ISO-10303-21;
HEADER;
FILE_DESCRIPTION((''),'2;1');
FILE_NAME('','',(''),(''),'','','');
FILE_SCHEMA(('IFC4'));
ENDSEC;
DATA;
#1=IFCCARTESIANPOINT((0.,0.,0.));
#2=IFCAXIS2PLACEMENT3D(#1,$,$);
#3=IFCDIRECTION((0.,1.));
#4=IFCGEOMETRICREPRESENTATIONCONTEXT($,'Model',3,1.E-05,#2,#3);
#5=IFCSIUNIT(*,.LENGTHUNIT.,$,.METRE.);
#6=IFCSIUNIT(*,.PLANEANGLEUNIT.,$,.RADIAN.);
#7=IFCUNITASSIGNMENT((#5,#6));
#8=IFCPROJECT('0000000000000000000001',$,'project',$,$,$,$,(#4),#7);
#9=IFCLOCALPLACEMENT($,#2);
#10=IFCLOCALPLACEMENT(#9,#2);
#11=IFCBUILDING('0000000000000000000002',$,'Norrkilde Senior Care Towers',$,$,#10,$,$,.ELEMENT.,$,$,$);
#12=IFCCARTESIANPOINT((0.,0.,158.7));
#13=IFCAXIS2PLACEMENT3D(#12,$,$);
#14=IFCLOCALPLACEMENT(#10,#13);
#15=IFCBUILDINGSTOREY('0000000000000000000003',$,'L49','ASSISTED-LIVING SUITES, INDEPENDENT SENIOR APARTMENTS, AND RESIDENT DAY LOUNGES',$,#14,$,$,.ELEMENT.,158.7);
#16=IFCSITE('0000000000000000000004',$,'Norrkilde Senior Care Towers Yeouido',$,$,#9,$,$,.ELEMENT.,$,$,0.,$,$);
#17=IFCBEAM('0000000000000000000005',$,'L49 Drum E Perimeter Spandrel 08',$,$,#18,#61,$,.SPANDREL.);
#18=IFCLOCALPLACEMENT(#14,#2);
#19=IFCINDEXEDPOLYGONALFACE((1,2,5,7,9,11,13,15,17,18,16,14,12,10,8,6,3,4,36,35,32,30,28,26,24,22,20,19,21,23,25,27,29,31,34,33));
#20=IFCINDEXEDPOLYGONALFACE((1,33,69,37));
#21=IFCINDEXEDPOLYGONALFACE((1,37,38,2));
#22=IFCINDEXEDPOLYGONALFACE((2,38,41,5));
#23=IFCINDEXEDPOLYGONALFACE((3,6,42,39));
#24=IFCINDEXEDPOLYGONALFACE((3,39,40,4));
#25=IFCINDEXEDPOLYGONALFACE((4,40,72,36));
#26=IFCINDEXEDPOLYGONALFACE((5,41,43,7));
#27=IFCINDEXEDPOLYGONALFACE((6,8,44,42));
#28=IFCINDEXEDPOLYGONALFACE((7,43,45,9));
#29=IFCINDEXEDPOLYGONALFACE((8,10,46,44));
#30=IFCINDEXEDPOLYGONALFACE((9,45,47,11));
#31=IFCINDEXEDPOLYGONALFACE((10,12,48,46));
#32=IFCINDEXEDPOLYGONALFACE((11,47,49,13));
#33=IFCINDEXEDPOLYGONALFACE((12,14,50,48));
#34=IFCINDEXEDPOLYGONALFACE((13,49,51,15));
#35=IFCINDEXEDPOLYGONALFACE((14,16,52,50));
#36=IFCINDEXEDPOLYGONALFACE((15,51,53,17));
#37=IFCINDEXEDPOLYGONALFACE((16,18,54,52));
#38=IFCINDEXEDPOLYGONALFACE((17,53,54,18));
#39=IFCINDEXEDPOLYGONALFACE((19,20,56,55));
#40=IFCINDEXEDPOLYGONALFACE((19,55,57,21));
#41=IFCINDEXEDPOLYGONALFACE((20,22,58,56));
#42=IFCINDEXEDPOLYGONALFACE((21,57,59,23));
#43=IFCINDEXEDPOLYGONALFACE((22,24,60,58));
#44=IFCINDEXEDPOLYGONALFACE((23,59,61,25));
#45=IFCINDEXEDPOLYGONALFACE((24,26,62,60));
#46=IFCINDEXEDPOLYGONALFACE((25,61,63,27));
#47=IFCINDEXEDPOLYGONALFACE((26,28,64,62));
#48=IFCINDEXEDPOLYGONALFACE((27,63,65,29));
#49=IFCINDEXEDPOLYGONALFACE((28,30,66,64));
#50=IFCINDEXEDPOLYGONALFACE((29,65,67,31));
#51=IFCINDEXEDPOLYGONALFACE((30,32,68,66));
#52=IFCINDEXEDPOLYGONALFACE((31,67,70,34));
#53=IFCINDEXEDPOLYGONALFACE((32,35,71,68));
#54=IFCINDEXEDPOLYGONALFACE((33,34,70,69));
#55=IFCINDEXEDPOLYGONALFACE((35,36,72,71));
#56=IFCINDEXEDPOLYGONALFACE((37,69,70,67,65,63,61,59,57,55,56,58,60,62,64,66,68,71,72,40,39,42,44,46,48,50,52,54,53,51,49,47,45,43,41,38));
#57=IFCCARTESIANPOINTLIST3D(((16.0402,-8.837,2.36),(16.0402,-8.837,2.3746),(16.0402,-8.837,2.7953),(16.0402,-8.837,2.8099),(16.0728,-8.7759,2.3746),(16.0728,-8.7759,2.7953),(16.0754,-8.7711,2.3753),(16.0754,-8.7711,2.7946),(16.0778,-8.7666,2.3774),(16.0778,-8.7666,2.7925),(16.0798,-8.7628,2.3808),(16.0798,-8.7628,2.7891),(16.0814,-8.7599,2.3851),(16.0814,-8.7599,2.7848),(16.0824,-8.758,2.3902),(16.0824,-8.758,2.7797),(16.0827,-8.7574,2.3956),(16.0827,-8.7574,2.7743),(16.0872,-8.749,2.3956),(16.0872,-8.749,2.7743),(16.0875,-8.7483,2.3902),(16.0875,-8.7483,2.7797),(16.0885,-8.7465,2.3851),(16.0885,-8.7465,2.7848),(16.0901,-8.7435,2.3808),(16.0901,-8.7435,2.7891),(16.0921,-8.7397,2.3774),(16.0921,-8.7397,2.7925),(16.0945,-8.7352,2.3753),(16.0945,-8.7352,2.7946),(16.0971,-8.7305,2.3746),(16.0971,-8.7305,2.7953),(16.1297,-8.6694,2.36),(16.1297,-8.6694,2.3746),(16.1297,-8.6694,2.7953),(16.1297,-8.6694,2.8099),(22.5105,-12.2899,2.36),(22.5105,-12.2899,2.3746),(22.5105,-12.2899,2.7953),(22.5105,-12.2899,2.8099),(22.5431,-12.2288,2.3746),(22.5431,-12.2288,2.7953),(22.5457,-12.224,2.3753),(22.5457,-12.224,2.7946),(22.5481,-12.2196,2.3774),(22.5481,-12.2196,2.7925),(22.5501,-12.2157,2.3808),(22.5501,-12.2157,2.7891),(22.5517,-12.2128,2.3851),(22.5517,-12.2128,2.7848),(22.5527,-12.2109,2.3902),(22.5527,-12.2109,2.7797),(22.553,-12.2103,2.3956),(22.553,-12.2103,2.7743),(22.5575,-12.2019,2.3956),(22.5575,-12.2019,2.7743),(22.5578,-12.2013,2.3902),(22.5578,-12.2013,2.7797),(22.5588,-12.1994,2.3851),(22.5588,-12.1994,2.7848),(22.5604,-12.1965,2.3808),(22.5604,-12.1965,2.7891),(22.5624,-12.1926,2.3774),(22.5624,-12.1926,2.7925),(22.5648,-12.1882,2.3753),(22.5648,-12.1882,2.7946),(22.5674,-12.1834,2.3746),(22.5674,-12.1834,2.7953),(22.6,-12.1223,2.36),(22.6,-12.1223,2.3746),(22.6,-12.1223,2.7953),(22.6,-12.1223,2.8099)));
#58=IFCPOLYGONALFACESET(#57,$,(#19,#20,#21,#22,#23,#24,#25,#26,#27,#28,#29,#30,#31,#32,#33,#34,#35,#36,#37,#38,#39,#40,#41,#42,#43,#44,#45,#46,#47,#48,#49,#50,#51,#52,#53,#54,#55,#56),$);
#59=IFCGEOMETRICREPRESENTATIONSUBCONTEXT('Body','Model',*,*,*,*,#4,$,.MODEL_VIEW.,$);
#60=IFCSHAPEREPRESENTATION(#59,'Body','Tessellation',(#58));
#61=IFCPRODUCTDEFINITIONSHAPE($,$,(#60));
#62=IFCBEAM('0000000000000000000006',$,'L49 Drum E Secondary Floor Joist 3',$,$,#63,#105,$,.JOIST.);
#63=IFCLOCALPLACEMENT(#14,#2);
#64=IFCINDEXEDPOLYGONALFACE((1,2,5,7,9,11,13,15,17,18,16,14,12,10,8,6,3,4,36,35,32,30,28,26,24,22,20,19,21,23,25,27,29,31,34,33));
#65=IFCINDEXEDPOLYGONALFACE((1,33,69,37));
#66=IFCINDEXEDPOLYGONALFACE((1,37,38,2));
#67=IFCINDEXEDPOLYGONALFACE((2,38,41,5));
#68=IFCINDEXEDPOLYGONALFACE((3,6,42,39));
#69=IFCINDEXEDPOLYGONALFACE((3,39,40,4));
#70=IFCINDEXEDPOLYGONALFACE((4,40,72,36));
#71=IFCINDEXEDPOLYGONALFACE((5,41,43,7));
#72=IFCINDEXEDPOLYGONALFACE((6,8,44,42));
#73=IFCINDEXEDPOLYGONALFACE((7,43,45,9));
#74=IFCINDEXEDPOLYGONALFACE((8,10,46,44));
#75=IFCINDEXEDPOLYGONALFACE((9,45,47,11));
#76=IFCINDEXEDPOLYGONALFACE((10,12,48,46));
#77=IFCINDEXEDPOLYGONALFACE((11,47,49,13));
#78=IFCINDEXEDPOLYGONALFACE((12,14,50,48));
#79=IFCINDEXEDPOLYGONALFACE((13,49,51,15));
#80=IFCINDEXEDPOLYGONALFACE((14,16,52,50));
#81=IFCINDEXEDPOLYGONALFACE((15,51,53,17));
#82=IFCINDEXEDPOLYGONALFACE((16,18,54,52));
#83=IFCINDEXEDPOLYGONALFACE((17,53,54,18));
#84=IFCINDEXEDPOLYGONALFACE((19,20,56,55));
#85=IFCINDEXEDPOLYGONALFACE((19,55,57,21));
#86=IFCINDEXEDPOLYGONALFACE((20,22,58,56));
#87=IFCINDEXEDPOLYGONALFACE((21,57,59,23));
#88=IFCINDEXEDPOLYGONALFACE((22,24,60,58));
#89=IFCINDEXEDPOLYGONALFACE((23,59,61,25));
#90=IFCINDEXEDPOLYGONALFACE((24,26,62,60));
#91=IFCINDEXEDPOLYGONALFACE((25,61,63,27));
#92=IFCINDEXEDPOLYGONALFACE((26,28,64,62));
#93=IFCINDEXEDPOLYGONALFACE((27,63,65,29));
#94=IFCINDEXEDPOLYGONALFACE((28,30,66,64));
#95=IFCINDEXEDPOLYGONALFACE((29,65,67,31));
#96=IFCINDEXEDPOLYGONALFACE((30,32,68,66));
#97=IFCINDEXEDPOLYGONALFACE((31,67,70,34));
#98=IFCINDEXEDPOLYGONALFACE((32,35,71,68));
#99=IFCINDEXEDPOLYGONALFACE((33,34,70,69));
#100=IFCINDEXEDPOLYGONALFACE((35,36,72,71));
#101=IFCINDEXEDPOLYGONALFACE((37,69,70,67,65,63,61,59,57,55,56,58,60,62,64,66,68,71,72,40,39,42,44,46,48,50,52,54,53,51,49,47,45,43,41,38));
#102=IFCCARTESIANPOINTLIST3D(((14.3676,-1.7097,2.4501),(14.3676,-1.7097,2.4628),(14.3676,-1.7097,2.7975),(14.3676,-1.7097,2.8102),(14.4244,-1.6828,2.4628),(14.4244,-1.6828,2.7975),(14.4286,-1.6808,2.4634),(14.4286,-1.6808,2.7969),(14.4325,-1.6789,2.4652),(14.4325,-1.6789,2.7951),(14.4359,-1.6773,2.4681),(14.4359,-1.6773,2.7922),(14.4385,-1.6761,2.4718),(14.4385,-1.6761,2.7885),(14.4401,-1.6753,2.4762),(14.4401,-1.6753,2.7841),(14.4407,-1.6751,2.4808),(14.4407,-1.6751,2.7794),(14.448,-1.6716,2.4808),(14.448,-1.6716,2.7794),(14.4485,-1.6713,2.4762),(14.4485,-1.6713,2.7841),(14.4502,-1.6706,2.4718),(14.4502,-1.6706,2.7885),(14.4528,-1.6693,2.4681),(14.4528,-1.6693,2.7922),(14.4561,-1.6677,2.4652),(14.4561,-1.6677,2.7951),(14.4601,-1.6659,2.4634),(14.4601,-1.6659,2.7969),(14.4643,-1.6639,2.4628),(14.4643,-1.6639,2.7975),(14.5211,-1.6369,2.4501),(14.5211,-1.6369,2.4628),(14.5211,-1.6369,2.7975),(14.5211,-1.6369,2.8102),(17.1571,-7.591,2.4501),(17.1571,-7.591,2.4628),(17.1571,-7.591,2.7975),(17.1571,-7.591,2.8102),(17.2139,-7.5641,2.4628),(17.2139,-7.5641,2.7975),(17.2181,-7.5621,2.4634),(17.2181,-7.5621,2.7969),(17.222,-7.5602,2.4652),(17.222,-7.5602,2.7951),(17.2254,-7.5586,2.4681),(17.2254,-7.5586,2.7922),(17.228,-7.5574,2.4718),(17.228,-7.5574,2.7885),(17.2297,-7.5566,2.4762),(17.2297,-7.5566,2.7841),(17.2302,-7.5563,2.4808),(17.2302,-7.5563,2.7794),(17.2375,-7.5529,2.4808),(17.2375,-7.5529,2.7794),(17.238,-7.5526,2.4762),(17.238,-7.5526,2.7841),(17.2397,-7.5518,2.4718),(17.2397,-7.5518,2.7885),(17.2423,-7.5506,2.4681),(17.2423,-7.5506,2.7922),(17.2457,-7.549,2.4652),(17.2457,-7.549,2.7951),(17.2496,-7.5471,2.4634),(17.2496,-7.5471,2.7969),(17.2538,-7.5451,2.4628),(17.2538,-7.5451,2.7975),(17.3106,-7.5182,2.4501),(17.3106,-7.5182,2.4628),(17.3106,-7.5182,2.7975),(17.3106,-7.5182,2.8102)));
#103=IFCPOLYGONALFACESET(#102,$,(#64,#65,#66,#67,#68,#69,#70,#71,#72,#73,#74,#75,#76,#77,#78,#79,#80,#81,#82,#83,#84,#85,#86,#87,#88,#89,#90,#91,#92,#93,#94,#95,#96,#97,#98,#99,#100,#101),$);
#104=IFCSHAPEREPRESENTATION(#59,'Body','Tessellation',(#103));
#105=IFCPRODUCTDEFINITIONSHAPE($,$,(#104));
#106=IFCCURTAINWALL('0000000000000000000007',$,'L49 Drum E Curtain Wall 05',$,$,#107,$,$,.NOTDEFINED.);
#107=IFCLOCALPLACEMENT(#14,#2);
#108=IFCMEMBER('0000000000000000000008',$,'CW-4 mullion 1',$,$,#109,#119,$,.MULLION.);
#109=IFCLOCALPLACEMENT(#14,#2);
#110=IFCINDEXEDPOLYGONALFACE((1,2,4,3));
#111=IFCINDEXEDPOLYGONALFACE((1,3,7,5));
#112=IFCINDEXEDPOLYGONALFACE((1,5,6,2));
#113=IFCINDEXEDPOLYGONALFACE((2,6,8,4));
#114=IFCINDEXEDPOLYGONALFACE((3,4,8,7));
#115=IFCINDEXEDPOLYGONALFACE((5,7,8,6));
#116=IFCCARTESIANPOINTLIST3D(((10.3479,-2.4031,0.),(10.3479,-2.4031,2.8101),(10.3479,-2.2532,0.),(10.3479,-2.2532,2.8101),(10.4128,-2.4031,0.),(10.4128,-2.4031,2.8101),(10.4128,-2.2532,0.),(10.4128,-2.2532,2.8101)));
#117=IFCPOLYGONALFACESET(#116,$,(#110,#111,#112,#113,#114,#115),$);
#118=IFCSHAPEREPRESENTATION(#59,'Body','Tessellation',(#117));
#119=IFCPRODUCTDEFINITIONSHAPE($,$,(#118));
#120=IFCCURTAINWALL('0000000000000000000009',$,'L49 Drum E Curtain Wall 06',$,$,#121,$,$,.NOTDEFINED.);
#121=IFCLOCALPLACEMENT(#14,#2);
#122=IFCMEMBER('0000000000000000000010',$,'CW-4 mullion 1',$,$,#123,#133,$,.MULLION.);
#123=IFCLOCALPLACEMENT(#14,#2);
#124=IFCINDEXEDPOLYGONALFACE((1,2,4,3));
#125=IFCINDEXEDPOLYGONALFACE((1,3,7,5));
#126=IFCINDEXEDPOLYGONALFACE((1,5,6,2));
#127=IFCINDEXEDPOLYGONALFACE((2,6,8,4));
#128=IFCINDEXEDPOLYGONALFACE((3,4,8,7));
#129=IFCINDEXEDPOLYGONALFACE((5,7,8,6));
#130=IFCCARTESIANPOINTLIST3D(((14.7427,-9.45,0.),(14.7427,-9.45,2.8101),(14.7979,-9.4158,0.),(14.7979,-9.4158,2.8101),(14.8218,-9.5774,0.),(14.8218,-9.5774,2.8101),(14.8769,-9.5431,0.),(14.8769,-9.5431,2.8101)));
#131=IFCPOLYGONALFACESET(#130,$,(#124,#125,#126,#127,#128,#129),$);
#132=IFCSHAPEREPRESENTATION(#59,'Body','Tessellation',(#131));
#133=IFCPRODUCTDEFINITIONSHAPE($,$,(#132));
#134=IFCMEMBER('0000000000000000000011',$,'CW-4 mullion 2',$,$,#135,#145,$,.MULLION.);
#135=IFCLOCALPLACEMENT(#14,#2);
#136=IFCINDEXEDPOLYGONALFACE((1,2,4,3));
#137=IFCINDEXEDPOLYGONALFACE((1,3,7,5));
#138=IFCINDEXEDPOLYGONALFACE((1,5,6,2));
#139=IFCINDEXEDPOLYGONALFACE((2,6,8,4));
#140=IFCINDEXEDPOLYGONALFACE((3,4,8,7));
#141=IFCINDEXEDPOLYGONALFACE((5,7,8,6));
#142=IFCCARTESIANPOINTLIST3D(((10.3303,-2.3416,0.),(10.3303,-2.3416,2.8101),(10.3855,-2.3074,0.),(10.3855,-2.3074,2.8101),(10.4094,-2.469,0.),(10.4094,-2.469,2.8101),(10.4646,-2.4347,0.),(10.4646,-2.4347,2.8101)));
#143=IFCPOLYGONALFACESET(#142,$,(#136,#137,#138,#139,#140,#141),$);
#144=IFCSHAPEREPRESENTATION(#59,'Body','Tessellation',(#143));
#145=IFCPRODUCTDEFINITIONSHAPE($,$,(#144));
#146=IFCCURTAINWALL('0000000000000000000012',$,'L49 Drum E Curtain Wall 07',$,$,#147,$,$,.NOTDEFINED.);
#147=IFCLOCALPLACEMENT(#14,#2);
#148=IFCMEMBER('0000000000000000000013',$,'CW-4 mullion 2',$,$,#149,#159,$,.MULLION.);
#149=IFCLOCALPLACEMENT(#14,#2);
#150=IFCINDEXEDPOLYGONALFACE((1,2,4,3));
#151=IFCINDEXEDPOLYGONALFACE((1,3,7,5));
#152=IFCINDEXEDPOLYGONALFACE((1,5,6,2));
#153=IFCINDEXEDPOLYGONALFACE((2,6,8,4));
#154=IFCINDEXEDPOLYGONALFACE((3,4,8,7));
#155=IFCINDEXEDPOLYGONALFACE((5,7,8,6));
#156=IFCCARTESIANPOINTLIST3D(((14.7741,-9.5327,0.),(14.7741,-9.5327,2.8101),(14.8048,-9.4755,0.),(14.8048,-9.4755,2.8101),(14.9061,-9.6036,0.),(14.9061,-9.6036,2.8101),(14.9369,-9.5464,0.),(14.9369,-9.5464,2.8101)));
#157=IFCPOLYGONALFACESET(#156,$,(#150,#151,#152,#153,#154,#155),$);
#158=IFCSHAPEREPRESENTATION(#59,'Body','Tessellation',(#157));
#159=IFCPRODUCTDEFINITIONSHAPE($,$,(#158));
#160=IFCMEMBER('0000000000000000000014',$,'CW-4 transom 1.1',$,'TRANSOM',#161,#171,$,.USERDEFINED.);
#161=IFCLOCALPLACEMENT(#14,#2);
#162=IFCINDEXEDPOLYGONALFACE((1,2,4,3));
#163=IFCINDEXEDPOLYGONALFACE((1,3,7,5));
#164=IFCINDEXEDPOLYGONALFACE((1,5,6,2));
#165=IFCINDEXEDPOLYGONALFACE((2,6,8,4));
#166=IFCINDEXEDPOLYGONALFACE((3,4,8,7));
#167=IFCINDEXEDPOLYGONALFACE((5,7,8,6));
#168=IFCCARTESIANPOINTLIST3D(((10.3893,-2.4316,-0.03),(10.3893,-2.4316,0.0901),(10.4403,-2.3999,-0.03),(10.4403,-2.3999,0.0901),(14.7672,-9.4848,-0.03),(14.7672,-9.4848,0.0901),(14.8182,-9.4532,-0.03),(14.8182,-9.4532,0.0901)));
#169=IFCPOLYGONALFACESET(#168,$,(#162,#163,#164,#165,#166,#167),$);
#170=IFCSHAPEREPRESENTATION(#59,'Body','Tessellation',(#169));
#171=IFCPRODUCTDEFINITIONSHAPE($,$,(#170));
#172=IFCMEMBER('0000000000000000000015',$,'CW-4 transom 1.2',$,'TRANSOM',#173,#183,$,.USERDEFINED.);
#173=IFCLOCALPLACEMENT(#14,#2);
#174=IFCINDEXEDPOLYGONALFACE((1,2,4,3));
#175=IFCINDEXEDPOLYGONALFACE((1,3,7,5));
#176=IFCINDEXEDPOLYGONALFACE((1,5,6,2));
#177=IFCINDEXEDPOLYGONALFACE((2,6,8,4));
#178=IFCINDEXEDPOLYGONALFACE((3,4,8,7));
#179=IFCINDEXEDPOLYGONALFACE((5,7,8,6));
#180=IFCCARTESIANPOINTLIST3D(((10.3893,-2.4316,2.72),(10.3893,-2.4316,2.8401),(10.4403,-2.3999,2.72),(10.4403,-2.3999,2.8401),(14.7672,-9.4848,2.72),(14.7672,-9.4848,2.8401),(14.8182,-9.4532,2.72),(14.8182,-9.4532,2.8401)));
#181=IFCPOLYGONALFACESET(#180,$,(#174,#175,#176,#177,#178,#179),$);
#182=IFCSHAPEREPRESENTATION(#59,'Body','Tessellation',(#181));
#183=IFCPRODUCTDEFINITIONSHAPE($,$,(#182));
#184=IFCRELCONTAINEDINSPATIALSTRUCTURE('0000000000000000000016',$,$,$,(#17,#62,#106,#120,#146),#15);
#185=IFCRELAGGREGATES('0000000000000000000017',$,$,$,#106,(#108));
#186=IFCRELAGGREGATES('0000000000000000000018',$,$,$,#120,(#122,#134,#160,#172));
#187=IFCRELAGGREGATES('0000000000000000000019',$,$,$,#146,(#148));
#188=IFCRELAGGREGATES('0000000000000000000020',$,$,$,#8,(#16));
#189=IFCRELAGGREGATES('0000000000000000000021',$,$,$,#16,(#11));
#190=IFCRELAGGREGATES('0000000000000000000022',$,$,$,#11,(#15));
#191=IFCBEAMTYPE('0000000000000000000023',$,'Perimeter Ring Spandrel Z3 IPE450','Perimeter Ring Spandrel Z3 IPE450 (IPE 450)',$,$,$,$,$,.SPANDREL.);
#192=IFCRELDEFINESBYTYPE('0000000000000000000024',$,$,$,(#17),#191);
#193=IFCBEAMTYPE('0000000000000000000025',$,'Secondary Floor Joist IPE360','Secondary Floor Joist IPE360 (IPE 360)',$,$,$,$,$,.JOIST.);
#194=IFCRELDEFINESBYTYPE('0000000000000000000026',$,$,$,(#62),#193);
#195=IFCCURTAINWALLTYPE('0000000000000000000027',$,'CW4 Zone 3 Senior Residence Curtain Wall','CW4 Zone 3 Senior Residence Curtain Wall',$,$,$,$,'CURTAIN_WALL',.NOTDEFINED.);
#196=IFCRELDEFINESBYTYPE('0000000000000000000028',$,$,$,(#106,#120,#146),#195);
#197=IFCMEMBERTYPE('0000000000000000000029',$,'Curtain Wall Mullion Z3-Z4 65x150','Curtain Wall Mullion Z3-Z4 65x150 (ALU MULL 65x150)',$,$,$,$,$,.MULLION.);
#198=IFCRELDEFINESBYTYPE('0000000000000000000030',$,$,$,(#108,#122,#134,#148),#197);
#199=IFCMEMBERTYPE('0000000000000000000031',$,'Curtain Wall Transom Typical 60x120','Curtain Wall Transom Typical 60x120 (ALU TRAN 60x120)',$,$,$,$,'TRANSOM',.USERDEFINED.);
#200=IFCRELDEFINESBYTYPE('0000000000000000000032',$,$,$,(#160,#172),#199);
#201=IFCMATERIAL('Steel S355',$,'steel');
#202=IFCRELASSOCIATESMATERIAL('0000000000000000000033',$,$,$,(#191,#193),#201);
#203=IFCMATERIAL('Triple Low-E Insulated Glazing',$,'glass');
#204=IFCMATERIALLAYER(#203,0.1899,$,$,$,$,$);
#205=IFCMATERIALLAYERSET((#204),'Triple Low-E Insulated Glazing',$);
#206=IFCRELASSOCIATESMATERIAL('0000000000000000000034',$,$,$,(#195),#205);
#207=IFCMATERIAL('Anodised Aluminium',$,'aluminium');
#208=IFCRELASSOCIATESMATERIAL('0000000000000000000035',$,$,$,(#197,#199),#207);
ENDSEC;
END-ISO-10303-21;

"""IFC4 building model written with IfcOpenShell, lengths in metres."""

from ifc_helpers import new_model, si_unit, direction, frame, origin, origin_2d, place, context, subcontext, project, spatial, rectangle, i_section, extrude, source, transform, mapped, material, layer, layer_set, material_profile, profile_set, type_object, type_shapes, element, aggregate, save


model = new_model("IFC4")

# Units and contexts
model_context = context("Model", 3, precision=1e-05, world=origin(), true_north=direction((0.0, 1.0)))
body_context = subcontext(model_context, "Body", "Model", "MODEL_VIEW")
ifc_project = project(units=[si_unit("LENGTHUNIT", "METRE"), si_unit("PLANEANGLEUNIT", "RADIAN")], contexts=[model_context])

# Site, building, storey
site_placement = place(None, origin())
site = spatial("IfcSite", under=ifc_project, at=site_placement, Name="Norrkilde Senior Care Towers Yeouido", CompositionType="ELEMENT", RefElevation=0.0)
building_placement = place(site_placement, origin())
building = spatial("IfcBuilding", under=site, at=building_placement, Name="Norrkilde Senior Care Towers", CompositionType="ELEMENT")
storey_placement = place(building_placement, frame((0.0, 0.0, 158.7)))
storey = spatial("IfcBuildingStorey", under=building, at=storey_placement, Name="L49", Description="ASSISTED-LIVING SUITES, INDEPENDENT SENIOR APARTMENTS, AND RESIDENT DAY LOUNGES", CompositionType="ELEMENT", Elevation=158.7)

# Beams
ifc_material_1 = material(Name="Steel S355", Category="steel")
ifc_material_profile_1 = material_profile(ifc_material_1, i_section(OverallWidth=0.1899, OverallDepth=0.45, WebThickness=0.0095, FlangeThickness=0.0146, FilletRadius=0.021, at=origin_2d()), Name="IPE 450")
ifc_profile_set_1 = profile_set([ifc_material_profile_1], Name="Steel S355")
beam_type_1 = type_object("IfcBeamType", Name="Perimeter Ring Spandrel Z3 IPE450", Description="Perimeter Ring Spandrel Z3 IPE450 (IPE 450)", PredefinedType="SPANDREL", material=ifc_profile_set_1)
shared_shape_1 = source(origin(), body_context, "Body", "SweptSolid", [
    extrude(i_section(OverallWidth=0.1899, OverallDepth=0.45, WebThickness=0.0095, FlangeThickness=0.0146, FilletRadius=0.021, at=origin_2d()), origin(), (0.0, 0.0, 1.0), 7.334),
])
beam_1_placement = place(storey_placement, frame((16.085, -8.7532, 2.585), z_axis=(0.882234, -0.470811, 0.0), x_axis=(0.470811, 0.882234, 0.0)))
element("IfcBeam", 1, at=beam_1_placement, inside=storey, type_object=beam_type_1, Name="L49 Drum E Perimeter Spandrel 08", PredefinedType="SPANDREL", context=body_context, shape_type="MappedRepresentation", body=[
    mapped(shared_shape_1, transform((0.0, 0.0, 0.0), x_axis=(1.0, 0.0, 0.0), y_axis=(0.0, 1.0, 0.0), z_axis=(0.0, 0.0, 1.0), scale=1.0)),
])
ifc_material_profile_2 = material_profile(ifc_material_1, i_section(OverallWidth=0.1699, OverallDepth=0.3601, WebThickness=0.0081, FlangeThickness=0.0127, FilletRadius=0.0181, at=origin_2d()), Name="IPE 360")
ifc_profile_set_2 = profile_set([ifc_material_profile_2], Name="Steel S355")
beam_type_2 = type_object("IfcBeamType", Name="Secondary Floor Joist IPE360", Description="Secondary Floor Joist IPE360 (IPE 360)", PredefinedType="JOIST", material=ifc_profile_set_2)
shared_shape_2 = source(origin(), body_context, "Body", "SweptSolid", [
    extrude(i_section(OverallWidth=0.1699, OverallDepth=0.3601, WebThickness=0.0081, FlangeThickness=0.0127, FilletRadius=0.0181, at=origin_2d()), origin(), (0.0, 0.0, 1.0), 6.5093),
])
type_shapes(beam_type_2, [shared_shape_2])
beam_2_placement = place(storey_placement, frame((14.4443, -1.6733, 2.6301), z_axis=(0.428544, -0.903521, 0.0), x_axis=(0.903521, 0.428544, 0.0)))
element("IfcBeam", 2, at=beam_2_placement, inside=storey, type_object=beam_type_2, Name="L49 Drum E Secondary Floor Joist 3", PredefinedType="JOIST", context=body_context, shape_type="MappedRepresentation", body=[
    mapped(shared_shape_2, transform((0.0, 0.0, 0.0), x_axis=(1.0, 0.0, 0.0), y_axis=(0.0, 1.0, 0.0), z_axis=(0.0, 0.0, 1.0), scale=1.0)),
])

# Curtain wall, member
ifc_material_2 = material(Name="Triple Low-E Insulated Glazing", Category="glass")
ifc_layer_1 = layer(ifc_material_2, 0.1899)
ifc_layer_set_1 = layer_set([ifc_layer_1], Name="Triple Low-E Insulated Glazing")
curtain_wall_type = type_object("IfcCurtainWallType", Name="CW4 Zone 3 Senior Residence Curtain Wall", Description="CW4 Zone 3 Senior Residence Curtain Wall", ElementType="CURTAIN_WALL", PredefinedType="NOTDEFINED", material=ifc_layer_set_1)
curtain_wall_1_placement = place(storey_placement, origin())
curtain_wall_1 = element("IfcCurtainWall", 3, at=curtain_wall_1_placement, inside=storey, type_object=curtain_wall_type, Name="L49 Drum E Curtain Wall 05", PredefinedType="NOTDEFINED")
ifc_material_3 = material(Name="Anodised Aluminium", Category="aluminium")
ifc_material_profile_3 = material_profile(ifc_material_3, rectangle(XDim=0.0649, YDim=0.1499, at=origin_2d()), Name="ALU MULL 65x150")
ifc_profile_set_3 = profile_set([ifc_material_profile_3], Name="Anodised Aluminium")
member_type_1 = type_object("IfcMemberType", Name="Curtain Wall Mullion Z3-Z4 65x150", Description="Curtain Wall Mullion Z3-Z4 65x150 (ALU MULL 65x150)", PredefinedType="MULLION", material=ifc_profile_set_3)
shared_shape_3 = source(origin(), body_context, "Body", "SweptSolid", [
    extrude(rectangle(XDim=0.0649, YDim=0.1499, at=origin_2d()), origin(), (0.0, 0.0, 1.0), 2.8101),
])
type_shapes(member_type_1, [shared_shape_3])
member_1_placement = place(storey_placement, frame((10.3804, -2.3281, 0.0), z_axis=(0.0, 0.0, 1.0), x_axis=(-1.0, 0.0, 0.0)))
member_1 = element("IfcMember", 4, at=member_1_placement, type_object=member_type_1, Name="CW-4 mullion 1", PredefinedType="MULLION", context=body_context, shape_type="MappedRepresentation", body=[
    mapped(shared_shape_3, transform((0.0, 0.0, 0.0), x_axis=(1.0, 0.0, 0.0), y_axis=(0.0, 1.0, 0.0), z_axis=(0.0, 0.0, 1.0), scale=1.0)),
])

# Curtain wall, members
curtain_wall_2_placement = place(storey_placement, origin())
curtain_wall_2 = element("IfcCurtainWall", 5, at=curtain_wall_2_placement, inside=storey, type_object=curtain_wall_type, Name="L49 Drum E Curtain Wall 06", PredefinedType="NOTDEFINED")
member_2_placement = place(storey_placement, frame((14.8098, -9.4966, 0.0), z_axis=(0.0, 0.0, 1.0), x_axis=(-0.849634, -0.527373, 0.0)))
member_2 = element("IfcMember", 6, at=member_2_placement, type_object=member_type_1, Name="CW-4 mullion 1", PredefinedType="MULLION", context=body_context, shape_type="MappedRepresentation", body=[
    mapped(shared_shape_3, transform((0.0, 0.0, 0.0), x_axis=(1.0, 0.0, 0.0), y_axis=(0.0, 1.0, 0.0), z_axis=(0.0, 0.0, 1.0), scale=1.0)),
])
member_3_placement = place(storey_placement, frame((10.3975, -2.3882, 0.0), z_axis=(0.0, 0.0, 1.0), x_axis=(-0.849634, -0.527373, 0.0)))
member_3 = element("IfcMember", 7, at=member_3_placement, type_object=member_type_1, Name="CW-4 mullion 2", PredefinedType="MULLION", context=body_context, shape_type="MappedRepresentation", body=[
    mapped(shared_shape_3, transform((0.0, 0.0, 0.0), x_axis=(1.0, 0.0, 0.0), y_axis=(0.0, 1.0, 0.0), z_axis=(0.0, 0.0, 1.0), scale=1.0)),
])

# Curtain wall, member
curtain_wall_3_placement = place(storey_placement, origin())
curtain_wall_3 = element("IfcCurtainWall", 8, at=curtain_wall_3_placement, inside=storey, type_object=curtain_wall_type, Name="L49 Drum E Curtain Wall 07", PredefinedType="NOTDEFINED")
member_4_placement = place(storey_placement, frame((14.8555, -9.5396, 0.0), z_axis=(0.0, 0.0, 1.0), x_axis=(-0.473117, -0.881, 0.0)))
member_4 = element("IfcMember", 9, at=member_4_placement, type_object=member_type_1, Name="CW-4 mullion 2", PredefinedType="MULLION", context=body_context, shape_type="MappedRepresentation", body=[
    mapped(shared_shape_3, transform((0.0, 0.0, 0.0), x_axis=(1.0, 0.0, 0.0), y_axis=(0.0, 1.0, 0.0), z_axis=(0.0, 0.0, 1.0), scale=1.0)),
])

# Members
ifc_material_profile_4 = material_profile(ifc_material_3, rectangle(XDim=0.0601, YDim=0.1201, at=origin_2d()), Name="ALU TRAN 60x120")
ifc_profile_set_4 = profile_set([ifc_material_profile_4], Name="Anodised Aluminium")
member_type_2 = type_object("IfcMemberType", Name="Curtain Wall Transom Typical 60x120", Description="Curtain Wall Transom Typical 60x120 (ALU TRAN 60x120)", ElementType="TRANSOM", PredefinedType="USERDEFINED", material=ifc_profile_set_4)
shared_shape_4 = source(origin(), body_context, "Body", "SweptSolid", [
    extrude(rectangle(XDim=0.0601, YDim=0.1201, at=origin_2d()), origin(), (0.0, 0.0, 1.0), 8.3015),
])
member_5_placement = place(storey_placement, frame((14.7927, -9.469, 0.03), z_axis=(-0.527369, 0.849637, 0.0), x_axis=(-0.849637, -0.527369, 0.0)))
member_5 = element("IfcMember", 10, at=member_5_placement, type_object=member_type_2, Name="CW-4 transom 1.1", ObjectType="TRANSOM", PredefinedType="USERDEFINED", context=body_context, shape_type="MappedRepresentation", body=[
    mapped(shared_shape_4, transform((0.0, 0.0, 0.0), x_axis=(1.0, 0.0, 0.0), y_axis=(0.0, 1.0, 0.0), z_axis=(0.0, 0.0, 1.0), scale=1.0)),
])
member_6_placement = place(storey_placement, frame((14.7927, -9.469, 2.78), z_axis=(-0.527369, 0.849637, 0.0), x_axis=(-0.849637, -0.527369, 0.0)))
member_6 = element("IfcMember", 11, at=member_6_placement, type_object=member_type_2, Name="CW-4 transom 1.2", ObjectType="TRANSOM", PredefinedType="USERDEFINED", context=body_context, shape_type="MappedRepresentation", body=[
    mapped(shared_shape_4, transform((0.0, 0.0, 0.0), x_axis=(1.0, 0.0, 0.0), y_axis=(0.0, 1.0, 0.0), z_axis=(0.0, 0.0, 1.0), scale=1.0)),
])
aggregate(curtain_wall_1, [member_1])

aggregate(curtain_wall_2, [member_2, member_3, member_5, member_6])
aggregate(curtain_wall_3, [member_4])

save(model, "model.ifc")
